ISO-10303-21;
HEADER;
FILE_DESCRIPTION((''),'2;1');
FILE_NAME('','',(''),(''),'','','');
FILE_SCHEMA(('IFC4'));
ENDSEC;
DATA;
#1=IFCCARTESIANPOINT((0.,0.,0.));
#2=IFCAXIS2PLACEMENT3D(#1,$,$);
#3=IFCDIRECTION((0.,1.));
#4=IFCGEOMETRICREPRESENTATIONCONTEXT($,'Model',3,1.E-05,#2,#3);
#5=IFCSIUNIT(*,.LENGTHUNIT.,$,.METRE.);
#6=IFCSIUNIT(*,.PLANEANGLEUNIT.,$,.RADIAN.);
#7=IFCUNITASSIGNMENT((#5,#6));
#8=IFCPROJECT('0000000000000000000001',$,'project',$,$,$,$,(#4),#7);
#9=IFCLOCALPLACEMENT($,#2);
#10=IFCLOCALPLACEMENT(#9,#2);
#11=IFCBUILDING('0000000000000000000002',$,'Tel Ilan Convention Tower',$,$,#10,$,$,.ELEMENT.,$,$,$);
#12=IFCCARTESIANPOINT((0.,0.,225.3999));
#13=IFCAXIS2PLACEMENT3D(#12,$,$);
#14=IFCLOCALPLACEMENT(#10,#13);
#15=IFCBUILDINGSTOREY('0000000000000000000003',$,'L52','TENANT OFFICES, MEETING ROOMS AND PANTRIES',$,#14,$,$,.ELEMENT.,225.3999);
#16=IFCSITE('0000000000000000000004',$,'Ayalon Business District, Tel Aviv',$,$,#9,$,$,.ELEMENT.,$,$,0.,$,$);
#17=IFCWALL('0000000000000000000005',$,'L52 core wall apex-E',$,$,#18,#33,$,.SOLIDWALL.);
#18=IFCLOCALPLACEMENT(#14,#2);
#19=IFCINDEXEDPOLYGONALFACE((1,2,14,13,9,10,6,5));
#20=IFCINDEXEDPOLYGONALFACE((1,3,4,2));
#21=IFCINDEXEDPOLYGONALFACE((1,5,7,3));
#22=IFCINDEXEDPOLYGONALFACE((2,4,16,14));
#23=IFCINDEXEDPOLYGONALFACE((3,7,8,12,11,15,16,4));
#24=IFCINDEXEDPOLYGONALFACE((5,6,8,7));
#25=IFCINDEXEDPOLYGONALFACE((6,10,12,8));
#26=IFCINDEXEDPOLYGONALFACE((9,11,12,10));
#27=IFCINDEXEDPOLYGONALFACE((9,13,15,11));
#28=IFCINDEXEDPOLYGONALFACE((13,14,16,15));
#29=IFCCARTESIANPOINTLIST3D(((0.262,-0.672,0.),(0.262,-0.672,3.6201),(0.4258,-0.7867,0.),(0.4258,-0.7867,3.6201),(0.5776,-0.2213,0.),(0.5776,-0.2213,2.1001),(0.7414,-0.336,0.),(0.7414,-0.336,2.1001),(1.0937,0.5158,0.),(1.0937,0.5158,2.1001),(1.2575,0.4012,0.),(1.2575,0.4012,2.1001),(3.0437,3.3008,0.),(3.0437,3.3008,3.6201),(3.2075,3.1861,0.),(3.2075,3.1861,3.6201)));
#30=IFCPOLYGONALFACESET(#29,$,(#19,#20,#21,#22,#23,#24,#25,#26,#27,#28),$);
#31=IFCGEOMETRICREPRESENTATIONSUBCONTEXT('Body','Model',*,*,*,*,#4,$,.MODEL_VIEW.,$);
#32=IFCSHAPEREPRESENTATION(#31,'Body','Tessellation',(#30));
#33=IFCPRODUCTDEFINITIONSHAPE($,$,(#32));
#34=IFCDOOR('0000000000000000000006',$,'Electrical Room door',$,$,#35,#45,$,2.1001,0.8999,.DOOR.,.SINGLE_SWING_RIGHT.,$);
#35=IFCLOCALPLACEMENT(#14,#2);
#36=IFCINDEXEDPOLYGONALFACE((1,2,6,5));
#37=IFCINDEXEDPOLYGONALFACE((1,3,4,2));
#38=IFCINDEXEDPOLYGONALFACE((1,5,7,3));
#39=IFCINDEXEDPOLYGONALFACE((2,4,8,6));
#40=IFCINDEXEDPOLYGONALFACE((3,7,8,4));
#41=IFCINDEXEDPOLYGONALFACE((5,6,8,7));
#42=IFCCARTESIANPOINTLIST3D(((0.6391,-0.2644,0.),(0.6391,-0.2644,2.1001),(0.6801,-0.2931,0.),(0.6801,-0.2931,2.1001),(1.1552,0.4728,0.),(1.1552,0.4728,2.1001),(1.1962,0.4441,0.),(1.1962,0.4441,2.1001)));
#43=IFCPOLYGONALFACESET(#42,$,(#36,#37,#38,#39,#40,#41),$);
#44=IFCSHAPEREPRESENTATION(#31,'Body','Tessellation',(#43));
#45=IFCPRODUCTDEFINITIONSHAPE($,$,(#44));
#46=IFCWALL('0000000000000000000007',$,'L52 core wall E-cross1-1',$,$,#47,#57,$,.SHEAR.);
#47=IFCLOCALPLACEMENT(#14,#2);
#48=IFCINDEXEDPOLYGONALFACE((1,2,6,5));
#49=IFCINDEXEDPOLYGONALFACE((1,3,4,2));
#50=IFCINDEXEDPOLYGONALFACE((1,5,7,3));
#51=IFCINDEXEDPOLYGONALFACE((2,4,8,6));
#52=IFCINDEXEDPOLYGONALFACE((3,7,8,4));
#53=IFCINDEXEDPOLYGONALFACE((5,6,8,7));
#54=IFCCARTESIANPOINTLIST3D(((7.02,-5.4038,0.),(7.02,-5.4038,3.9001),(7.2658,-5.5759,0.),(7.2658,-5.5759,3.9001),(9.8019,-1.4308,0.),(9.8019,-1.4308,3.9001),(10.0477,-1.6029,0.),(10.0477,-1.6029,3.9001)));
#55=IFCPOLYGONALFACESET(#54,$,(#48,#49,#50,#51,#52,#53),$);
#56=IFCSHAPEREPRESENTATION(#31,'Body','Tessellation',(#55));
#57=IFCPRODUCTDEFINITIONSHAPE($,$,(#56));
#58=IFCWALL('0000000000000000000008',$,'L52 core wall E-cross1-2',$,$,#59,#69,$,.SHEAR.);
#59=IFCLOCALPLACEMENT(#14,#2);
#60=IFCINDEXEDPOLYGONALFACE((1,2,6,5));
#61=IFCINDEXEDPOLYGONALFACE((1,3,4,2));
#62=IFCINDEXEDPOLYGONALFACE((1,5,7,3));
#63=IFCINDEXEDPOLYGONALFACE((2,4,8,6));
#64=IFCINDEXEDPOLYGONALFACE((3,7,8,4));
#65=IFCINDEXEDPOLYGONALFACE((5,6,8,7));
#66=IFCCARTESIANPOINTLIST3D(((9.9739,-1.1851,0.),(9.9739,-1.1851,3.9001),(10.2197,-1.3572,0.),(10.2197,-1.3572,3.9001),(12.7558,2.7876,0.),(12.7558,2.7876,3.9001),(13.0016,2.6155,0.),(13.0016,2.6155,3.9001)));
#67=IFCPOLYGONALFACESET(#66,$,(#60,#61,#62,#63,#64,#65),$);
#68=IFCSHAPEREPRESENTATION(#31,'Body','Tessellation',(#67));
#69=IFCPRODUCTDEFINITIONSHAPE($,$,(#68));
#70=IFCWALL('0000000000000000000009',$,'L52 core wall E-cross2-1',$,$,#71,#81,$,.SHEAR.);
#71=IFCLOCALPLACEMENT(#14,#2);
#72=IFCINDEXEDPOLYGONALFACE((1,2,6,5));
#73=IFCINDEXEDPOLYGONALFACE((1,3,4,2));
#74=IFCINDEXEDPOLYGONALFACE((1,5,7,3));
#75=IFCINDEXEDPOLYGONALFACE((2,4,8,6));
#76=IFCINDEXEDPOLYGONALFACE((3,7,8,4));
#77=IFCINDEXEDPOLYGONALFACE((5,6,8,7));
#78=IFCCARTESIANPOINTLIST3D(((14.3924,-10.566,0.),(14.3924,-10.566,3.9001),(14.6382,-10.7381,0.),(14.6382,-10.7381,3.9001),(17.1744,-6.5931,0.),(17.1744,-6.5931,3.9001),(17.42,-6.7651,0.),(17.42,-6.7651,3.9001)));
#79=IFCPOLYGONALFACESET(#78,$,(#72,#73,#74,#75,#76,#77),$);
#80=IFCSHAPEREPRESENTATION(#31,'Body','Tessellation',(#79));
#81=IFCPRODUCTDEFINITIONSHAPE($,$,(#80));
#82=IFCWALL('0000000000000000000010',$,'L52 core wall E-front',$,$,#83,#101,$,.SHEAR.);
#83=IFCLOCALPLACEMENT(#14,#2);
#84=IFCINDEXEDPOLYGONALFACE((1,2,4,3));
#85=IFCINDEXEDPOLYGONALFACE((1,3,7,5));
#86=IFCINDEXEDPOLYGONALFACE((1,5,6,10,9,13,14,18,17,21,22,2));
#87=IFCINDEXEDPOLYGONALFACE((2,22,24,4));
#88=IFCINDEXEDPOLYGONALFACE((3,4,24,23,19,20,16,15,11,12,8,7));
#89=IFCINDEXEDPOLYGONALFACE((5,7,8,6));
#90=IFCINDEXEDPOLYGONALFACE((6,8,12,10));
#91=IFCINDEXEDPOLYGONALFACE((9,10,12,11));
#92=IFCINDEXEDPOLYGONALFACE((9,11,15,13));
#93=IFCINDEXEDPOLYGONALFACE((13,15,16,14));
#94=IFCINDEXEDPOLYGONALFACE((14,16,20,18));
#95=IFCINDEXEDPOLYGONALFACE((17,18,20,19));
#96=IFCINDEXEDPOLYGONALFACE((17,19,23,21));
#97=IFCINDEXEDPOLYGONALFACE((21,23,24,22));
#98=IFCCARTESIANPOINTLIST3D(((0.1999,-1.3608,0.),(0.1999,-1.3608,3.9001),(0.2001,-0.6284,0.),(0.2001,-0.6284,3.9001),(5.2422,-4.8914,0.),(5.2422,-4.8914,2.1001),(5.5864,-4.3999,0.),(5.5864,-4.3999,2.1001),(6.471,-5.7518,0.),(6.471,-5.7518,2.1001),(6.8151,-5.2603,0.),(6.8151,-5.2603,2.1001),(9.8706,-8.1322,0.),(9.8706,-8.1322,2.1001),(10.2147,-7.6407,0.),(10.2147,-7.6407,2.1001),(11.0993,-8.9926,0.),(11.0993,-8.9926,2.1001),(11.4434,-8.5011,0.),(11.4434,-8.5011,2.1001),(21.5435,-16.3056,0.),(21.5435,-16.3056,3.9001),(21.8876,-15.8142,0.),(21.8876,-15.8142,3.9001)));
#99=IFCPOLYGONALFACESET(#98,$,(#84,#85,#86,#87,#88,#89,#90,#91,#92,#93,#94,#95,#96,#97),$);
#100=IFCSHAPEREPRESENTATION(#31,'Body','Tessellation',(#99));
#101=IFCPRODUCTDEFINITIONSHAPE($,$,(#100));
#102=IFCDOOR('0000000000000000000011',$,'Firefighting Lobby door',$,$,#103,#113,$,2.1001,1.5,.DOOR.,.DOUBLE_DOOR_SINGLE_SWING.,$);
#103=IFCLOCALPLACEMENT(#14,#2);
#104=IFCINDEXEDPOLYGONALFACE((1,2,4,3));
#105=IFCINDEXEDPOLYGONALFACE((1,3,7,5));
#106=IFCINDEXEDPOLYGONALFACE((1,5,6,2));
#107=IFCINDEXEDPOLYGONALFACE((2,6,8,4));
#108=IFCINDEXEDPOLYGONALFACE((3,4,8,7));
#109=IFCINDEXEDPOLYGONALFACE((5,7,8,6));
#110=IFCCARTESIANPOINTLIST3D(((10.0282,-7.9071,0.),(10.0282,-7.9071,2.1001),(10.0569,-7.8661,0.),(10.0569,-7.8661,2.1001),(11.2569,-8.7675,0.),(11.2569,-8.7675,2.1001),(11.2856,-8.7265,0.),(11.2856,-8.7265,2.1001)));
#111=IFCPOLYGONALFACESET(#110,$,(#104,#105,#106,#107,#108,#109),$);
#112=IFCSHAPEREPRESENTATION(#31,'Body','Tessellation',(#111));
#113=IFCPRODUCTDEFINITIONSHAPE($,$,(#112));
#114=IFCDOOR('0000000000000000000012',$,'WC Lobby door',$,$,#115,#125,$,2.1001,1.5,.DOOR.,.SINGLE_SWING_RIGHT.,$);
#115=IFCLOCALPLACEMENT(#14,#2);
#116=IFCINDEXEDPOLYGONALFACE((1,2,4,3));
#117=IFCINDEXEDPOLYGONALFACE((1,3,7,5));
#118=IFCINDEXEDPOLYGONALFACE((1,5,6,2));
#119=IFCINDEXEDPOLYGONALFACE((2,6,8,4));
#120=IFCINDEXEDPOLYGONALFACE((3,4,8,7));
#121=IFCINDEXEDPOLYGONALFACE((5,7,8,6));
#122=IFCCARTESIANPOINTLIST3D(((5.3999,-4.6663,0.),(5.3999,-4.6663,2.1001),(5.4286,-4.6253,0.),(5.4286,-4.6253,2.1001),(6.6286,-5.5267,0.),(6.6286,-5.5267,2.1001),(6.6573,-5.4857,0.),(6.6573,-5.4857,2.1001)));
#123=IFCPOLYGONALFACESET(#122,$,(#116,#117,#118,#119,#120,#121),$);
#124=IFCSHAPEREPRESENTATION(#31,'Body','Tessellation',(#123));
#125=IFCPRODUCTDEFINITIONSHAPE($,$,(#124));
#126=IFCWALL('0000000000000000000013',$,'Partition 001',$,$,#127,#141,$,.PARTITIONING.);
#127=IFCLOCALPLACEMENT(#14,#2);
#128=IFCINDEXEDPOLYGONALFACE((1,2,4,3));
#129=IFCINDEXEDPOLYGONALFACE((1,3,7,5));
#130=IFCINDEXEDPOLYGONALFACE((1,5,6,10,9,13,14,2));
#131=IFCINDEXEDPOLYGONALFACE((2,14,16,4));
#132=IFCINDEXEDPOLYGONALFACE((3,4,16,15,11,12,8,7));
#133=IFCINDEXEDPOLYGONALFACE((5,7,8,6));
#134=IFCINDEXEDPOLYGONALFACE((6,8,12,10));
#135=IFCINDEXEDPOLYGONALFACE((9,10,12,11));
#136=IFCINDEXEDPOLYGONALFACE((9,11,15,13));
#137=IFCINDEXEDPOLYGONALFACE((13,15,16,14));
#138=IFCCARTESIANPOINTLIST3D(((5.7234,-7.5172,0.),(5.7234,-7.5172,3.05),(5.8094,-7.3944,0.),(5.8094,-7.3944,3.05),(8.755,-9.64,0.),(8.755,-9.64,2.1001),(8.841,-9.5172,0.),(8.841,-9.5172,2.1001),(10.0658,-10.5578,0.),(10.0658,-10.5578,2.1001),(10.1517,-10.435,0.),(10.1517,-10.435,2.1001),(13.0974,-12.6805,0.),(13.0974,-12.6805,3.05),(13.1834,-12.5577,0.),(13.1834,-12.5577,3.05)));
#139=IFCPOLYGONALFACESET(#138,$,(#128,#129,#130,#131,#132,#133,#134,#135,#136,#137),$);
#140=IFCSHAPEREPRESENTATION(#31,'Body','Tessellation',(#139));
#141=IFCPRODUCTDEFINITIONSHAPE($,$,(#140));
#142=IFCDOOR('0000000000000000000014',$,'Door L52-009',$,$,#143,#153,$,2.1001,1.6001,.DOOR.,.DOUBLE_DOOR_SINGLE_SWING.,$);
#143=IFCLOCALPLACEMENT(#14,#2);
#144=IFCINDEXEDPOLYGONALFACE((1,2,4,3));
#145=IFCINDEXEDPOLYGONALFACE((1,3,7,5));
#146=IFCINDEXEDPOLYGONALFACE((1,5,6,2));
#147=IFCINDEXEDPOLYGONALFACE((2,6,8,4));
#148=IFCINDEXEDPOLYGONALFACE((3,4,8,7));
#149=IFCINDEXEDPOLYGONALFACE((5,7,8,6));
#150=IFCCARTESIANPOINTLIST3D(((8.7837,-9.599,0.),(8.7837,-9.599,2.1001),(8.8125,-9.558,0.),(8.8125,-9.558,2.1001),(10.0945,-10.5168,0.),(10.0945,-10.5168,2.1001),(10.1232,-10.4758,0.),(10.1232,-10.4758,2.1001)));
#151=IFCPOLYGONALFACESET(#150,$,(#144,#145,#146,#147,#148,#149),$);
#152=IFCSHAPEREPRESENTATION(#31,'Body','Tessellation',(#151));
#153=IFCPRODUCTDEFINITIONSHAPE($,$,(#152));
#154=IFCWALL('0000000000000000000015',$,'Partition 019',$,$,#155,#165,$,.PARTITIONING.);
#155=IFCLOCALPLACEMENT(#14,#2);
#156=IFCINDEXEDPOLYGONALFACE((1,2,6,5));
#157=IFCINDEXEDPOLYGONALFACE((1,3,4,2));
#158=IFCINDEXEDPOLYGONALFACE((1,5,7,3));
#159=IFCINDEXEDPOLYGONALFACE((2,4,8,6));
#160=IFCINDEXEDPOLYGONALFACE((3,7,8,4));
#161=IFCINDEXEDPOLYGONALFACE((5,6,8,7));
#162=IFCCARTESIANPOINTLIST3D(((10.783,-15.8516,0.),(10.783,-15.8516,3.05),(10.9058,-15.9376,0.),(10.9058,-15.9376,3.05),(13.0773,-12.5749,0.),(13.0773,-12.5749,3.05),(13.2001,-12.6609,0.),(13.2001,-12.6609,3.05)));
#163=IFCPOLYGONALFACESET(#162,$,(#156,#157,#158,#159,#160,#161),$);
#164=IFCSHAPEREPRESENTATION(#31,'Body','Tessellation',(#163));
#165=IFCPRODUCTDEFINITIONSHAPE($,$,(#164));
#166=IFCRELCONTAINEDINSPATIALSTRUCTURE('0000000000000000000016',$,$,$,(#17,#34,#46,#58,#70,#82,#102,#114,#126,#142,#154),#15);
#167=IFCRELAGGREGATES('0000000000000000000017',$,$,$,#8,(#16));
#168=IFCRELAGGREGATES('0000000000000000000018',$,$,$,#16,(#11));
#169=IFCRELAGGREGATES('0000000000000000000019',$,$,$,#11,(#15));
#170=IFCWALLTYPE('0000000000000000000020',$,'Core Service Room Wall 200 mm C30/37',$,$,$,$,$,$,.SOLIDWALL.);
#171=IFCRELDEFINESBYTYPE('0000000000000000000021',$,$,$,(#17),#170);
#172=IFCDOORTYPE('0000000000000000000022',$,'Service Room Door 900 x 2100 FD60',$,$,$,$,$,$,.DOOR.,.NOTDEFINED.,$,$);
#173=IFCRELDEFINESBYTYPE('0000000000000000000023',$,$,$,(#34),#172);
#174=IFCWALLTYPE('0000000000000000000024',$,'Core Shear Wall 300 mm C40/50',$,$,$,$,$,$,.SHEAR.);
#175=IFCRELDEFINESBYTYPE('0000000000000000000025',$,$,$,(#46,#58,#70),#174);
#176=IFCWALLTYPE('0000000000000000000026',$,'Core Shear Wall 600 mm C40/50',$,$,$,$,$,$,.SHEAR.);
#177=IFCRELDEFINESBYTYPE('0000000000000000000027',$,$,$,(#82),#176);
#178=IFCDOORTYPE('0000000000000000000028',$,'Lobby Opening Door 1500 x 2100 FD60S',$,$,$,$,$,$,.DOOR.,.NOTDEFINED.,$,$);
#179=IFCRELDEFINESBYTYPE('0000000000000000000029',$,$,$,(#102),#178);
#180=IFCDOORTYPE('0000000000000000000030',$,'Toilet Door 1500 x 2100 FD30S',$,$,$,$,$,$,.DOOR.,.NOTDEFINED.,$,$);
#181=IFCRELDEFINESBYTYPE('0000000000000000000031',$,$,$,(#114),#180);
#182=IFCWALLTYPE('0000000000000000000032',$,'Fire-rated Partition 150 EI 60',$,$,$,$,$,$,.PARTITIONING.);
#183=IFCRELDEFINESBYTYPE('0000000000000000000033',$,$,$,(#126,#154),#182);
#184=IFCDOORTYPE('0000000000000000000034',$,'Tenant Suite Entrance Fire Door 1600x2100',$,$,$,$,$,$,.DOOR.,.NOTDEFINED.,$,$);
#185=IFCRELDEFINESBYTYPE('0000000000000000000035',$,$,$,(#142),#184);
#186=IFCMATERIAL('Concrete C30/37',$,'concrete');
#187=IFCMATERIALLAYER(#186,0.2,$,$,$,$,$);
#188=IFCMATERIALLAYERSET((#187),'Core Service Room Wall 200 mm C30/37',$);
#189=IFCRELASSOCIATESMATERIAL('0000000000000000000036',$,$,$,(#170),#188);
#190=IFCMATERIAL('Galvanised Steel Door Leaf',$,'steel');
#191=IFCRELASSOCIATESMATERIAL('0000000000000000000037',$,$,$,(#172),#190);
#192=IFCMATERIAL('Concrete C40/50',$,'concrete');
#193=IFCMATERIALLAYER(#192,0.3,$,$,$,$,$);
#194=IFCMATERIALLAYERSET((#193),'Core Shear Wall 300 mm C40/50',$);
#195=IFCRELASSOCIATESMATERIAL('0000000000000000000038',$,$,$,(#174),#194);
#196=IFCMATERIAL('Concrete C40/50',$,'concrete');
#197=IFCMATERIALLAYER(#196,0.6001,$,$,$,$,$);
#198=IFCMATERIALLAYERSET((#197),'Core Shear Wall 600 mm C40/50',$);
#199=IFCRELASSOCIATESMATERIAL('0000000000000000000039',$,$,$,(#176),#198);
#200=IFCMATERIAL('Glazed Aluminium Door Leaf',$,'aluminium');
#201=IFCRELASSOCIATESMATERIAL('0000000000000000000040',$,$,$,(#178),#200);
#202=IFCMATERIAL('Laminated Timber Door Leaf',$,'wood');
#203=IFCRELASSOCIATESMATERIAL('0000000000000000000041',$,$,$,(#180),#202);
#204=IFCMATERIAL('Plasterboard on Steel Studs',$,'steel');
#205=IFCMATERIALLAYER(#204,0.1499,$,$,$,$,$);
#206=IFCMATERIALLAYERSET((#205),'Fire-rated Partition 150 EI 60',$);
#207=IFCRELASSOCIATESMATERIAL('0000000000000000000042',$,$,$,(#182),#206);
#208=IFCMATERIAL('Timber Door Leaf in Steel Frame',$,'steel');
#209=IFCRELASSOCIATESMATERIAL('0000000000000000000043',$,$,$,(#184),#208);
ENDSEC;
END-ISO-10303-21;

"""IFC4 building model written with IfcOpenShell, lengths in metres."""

from ifc_helpers import new_model, si_unit, direction, frame, frame_2d, origin, place, context, subcontext, project, spatial, polyline, rectangle, outline, extrude, material, layer, layer_set, type_object, element, fill, save


model = new_model("IFC4")

# Units and contexts
model_context = context("Model", 3, precision=1e-05, world=origin(), true_north=direction((0.0, 1.0)))
body_context = subcontext(model_context, "Body", "Model", "MODEL_VIEW")
ifc_project = project(units=[si_unit("LENGTHUNIT", "METRE"), si_unit("PLANEANGLEUNIT", "RADIAN")], contexts=[model_context])

# Site, building, storey
site_placement = place(None, origin())
site = spatial("IfcSite", under=ifc_project, at=site_placement, Name="Ayalon Business District, Tel Aviv", CompositionType="ELEMENT", RefElevation=0.0)
building_placement = place(site_placement, origin())
building = spatial("IfcBuilding", under=site, at=building_placement, Name="Tel Ilan Convention Tower", CompositionType="ELEMENT")
storey_placement = place(building_placement, frame((0.0, 0.0, 225.3999)))
storey = spatial("IfcBuildingStorey", under=building, at=storey_placement, Name="L52", Description="TENANT OFFICES, MEETING ROOMS AND PANTRIES", CompositionType="ELEMENT", Elevation=225.3999)

# Wall, opening, door
ifc_material_1 = material(Name="Concrete C30/37", Category="concrete")
ifc_layer_1 = layer(ifc_material_1, 0.2)
ifc_layer_set_1 = layer_set([ifc_layer_1], Name="Core Service Room Wall 200 mm C30/37")
wall_type_1 = type_object("IfcWallType", Name="Core Service Room Wall 200 mm C30/37", PredefinedType="SOLIDWALL", material=ifc_layer_set_1)
wall_1_placement = place(storey_placement, frame((0.344, -0.7292, 0.0), z_axis=(0.0, 0.0, 1.0), x_axis=(0.57356, 0.819163, 0.0)))
wall_1 = element("IfcWall", 1, at=wall_1_placement, inside=storey, type_object=wall_type_1, Name="L52 core wall apex-E", PredefinedType="SOLIDWALL", context=body_context, shape_type="SweptSolid", body=[
    extrude(rectangle(XDim=4.8499, YDim=0.2, at=frame_2d((2.4248, 0.0))), origin(), (0.0, 0.0, 1.0), 3.6201),
])
opening_1_placement = place(wall_1_placement, frame((0.55, 0.0, 0.0)))
opening_1 = element("IfcOpeningElement", 2, at=opening_1_placement, cuts=wall_1, PredefinedType="OPENING", context=body_context, shape_type="SweptSolid", body=[
    extrude(rectangle(XDim=0.8999, YDim=2.1001, at=frame_2d((0.45, 1.05))), frame((0.0, 0.1099, 0.0), z_axis=(0.0, -1.0, 0.0), x_axis=(1.0, 0.0, 0.0)), (0.0, 0.0, 1.0), 0.22),
])
ifc_material_2 = material(Name="Galvanised Steel Door Leaf", Category="steel")
door_type_1 = type_object("IfcDoorType", Name="Service Room Door 900 x 2100 FD60", OperationType="NOTDEFINED", PredefinedType="DOOR", material=ifc_material_2)
door_1_placement = place(opening_1_placement, origin())
door_1 = element("IfcDoor", 3, at=door_1_placement, inside=storey, type_object=door_type_1, Name="Electrical Room door", OperationType="SINGLE_SWING_RIGHT", OverallHeight=2.1001, OverallWidth=0.8999, PredefinedType="DOOR", context=body_context, shape_type="SweptSolid", body=[
    extrude(rectangle(XDim=0.8999, YDim=2.1001, at=frame_2d((0.45, 1.05))), frame((0.0, 0.0249, 0.0), z_axis=(0.0, -1.0, 0.0), x_axis=(1.0, 0.0, 0.0)), (0.0, 0.0, 1.0), 0.05),
])
fill(opening_1, door_1)

# Walls
ifc_material_3 = material(Name="Concrete C40/50", Category="concrete")
ifc_layer_2 = layer(ifc_material_3, 0.3)
ifc_layer_set_2 = layer_set([ifc_layer_2], Name="Core Shear Wall 300 mm C40/50")
wall_type_2 = type_object("IfcWallType", Name="Core Shear Wall 300 mm C40/50", PredefinedType="SHEAR", material=ifc_layer_set_2)
wall_2_placement = place(storey_placement, frame((7.1428, -5.4897, 0.0), z_axis=(0.0, 0.0, 1.0), x_axis=(0.573618, 0.819123, 0.0)))
element("IfcWall", 4, at=wall_2_placement, inside=storey, type_object=wall_type_2, Name="L52 core wall E-cross1-1", PredefinedType="SHEAR", context=body_context, shape_type="SweptSolid", body=[
    extrude(outline(polyline([(0.0, 0.1499), (0.0, -0.1501), (4.8501, -0.1499), (4.8501, 0.1501), (0.0, 0.1499)])), origin(), (0.0, 0.0, 1.0), 3.9001),
])
wall_3_placement = place(storey_placement, frame((10.0969, -1.2712, 0.0), z_axis=(0.0, 0.0, 1.0), x_axis=(0.57356, 0.819163, 0.0)))
element("IfcWall", 5, at=wall_3_placement, inside=storey, type_object=wall_type_2, Name="L52 core wall E-cross1-2", PredefinedType="SHEAR", context=body_context, shape_type="SweptSolid", body=[
    extrude(outline(polyline([(4.8499, -0.1501), (4.8499, 0.1499), (0.0, 0.1501), (0.0, -0.1499), (4.8499, -0.1501)])), origin(), (0.0, 0.0, 1.0), 3.9001),
])
wall_4_placement = place(storey_placement, frame((14.5154, -10.6521, 0.0), z_axis=(0.0, 0.0, 1.0), x_axis=(0.57356, 0.819163, 0.0)))
element("IfcWall", 6, at=wall_4_placement, inside=storey, type_object=wall_type_2, Name="L52 core wall E-cross2-1", PredefinedType="SHEAR", context=body_context, shape_type="SweptSolid", body=[
    extrude(outline(polyline([(0.0, 0.1501), (0.0, -0.1499), (4.8501, -0.1499), (4.8501, 0.1499), (0.0, 0.1501)])), origin(), (0.0, 0.0, 1.0), 3.9001),
])

# Wall, openings, doors
ifc_material_4 = material(Name="Concrete C40/50", Category="concrete")
ifc_layer_3 = layer(ifc_material_4, 0.6001)
ifc_layer_set_3 = layer_set([ifc_layer_3], Name="Core Shear Wall 600 mm C40/50")
wall_type_3 = type_object("IfcWallType", Name="Core Shear Wall 600 mm C40/50", PredefinedType="SHEAR", material=ifc_layer_set_3)
wall_5_placement = place(storey_placement, frame((0.0278, -0.874, 0.0), z_axis=(0.0, 0.0, 1.0), x_axis=(0.81915, -0.573579, 0.0)))
wall_5 = element("IfcWall", 7, at=wall_5_placement, inside=storey, type_object=wall_type_3, Name="L52 core wall E-front", PredefinedType="SHEAR", context=body_context, shape_type="SweptSolid", body=[
    extrude(outline(polyline([(26.4758, 0.3), (0.0002, 0.3), (0.4202, -0.3), (26.4758, -0.2998), (26.4758, 0.3)])), origin(), (0.0, 0.0, 1.0), 3.9001),
])
opening_2_placement = place(wall_5_placement, frame((6.5757, 0.0, 0.0)))
opening_2 = element("IfcOpeningElement", 8, at=opening_2_placement, cuts=wall_5, PredefinedType="OPENING", context=body_context, shape_type="SweptSolid", body=[
    extrude(rectangle(XDim=1.5, YDim=2.1001, at=frame_2d((0.75, 1.05))), frame((0.0, 0.3101, 0.0), z_axis=(0.0, -1.0, 0.0), x_axis=(1.0, 0.0, 0.0)), (0.0, 0.0, 1.0), 0.6201),
])
opening_3_placement = place(wall_5_placement, frame((12.2258, 0.0, 0.0)))
opening_3 = element("IfcOpeningElement", 9, at=opening_3_placement, cuts=wall_5, PredefinedType="OPENING", context=body_context, shape_type="SweptSolid", body=[
    extrude(rectangle(XDim=1.5, YDim=2.1001, at=frame_2d((0.75, 1.05))), frame((0.0, 0.3101, 0.0), z_axis=(0.0, -1.0, 0.0), x_axis=(1.0, 0.0, 0.0)), (0.0, 0.0, 1.0), 0.6201),
])
ifc_material_5 = material(Name="Glazed Aluminium Door Leaf", Category="aluminium")
door_type_2 = type_object("IfcDoorType", Name="Lobby Opening Door 1500 x 2100 FD60S", OperationType="NOTDEFINED", PredefinedType="DOOR", material=ifc_material_5)
door_2_placement = place(opening_3_placement, origin())
door_2 = element("IfcDoor", 10, at=door_2_placement, inside=storey, type_object=door_type_2, Name="Firefighting Lobby door", OperationType="DOUBLE_DOOR_SINGLE_SWING", OverallHeight=2.1001, OverallWidth=1.5, PredefinedType="DOOR", context=body_context, shape_type="SweptSolid", body=[
    extrude(rectangle(XDim=1.5, YDim=2.1001, at=frame_2d((0.75, 1.05))), frame((0.0, 0.0249, 0.0), z_axis=(0.0, -1.0, 0.0), x_axis=(1.0, 0.0, 0.0)), (0.0, 0.0, 1.0), 0.05),
])
fill(opening_3, door_2)
ifc_material_6 = material(Name="Laminated Timber Door Leaf", Category="wood")
door_type_3 = type_object("IfcDoorType", Name="Toilet Door 1500 x 2100 FD30S", OperationType="NOTDEFINED", PredefinedType="DOOR", material=ifc_material_6)
door_3_placement = place(opening_2_placement, origin())
door_3 = element("IfcDoor", 11, at=door_3_placement, inside=storey, type_object=door_type_3, Name="WC Lobby door", OperationType="SINGLE_SWING_RIGHT", OverallHeight=2.1001, OverallWidth=1.5, PredefinedType="DOOR", context=body_context, shape_type="SweptSolid", body=[
    extrude(rectangle(XDim=1.5, YDim=2.1001, at=frame_2d((0.75, 1.05))), frame((0.0, 0.0249, 0.0), z_axis=(0.0, -1.0, 0.0), x_axis=(1.0, 0.0, 0.0)), (0.0, 0.0, 1.0), 0.05),
])
fill(opening_2, door_3)

# Wall, opening, door
ifc_material_7 = material(Name="Plasterboard on Steel Studs", Category="steel")
ifc_layer_4 = layer(ifc_material_7, 0.1499)
ifc_layer_set_4 = layer_set([ifc_layer_4], Name="Fire-rated Partition 150 EI 60")
wall_type_4 = type_object("IfcWallType", Name="Fire-rated Partition 150 EI 60", PredefinedType="PARTITIONING", material=ifc_layer_set_4)
wall_6_placement = place(storey_placement, frame((13.1404, -12.6191, 0.0), z_axis=(0.0, 0.0, 1.0), x_axis=(-0.819153, 0.573575, 0.0)))
wall_6 = element("IfcWall", 12, at=wall_6_placement, inside=storey, type_object=wall_type_4, Name="Partition 001", PredefinedType="PARTITIONING", context=body_context, shape_type="SweptSolid", body=[
    extrude(rectangle(XDim=9.002, YDim=0.1499, at=frame_2d((4.501, 0.0))), origin(), (0.0, 0.0, 1.0), 3.05),
])
opening_4_placement = place(wall_6_placement, frame((3.7009, 0.0, 0.0)))
opening_4 = element("IfcOpeningElement", 13, at=opening_4_placement, cuts=wall_6, PredefinedType="OPENING", context=body_context, shape_type="SweptSolid", body=[
    extrude(rectangle(XDim=1.6001, YDim=2.1001, at=frame_2d((0.8, 1.05))), frame((0.0, 0.085, 0.0), z_axis=(0.0, -1.0, 0.0), x_axis=(1.0, 0.0, 0.0)), (0.0, 0.0, 1.0), 0.1699),
])
ifc_material_8 = material(Name="Timber Door Leaf in Steel Frame", Category="steel")
door_type_4 = type_object("IfcDoorType", Name="Tenant Suite Entrance Fire Door 1600x2100", OperationType="NOTDEFINED", PredefinedType="DOOR", material=ifc_material_8)
door_4_placement = place(opening_4_placement, origin())
door_4 = element("IfcDoor", 14, at=door_4_placement, inside=storey, type_object=door_type_4, Name="Door L52-009", OperationType="DOUBLE_DOOR_SINGLE_SWING", OverallHeight=2.1001, OverallWidth=1.6001, PredefinedType="DOOR", context=body_context, shape_type="SweptSolid", body=[
    extrude(rectangle(XDim=1.6001, YDim=2.1001, at=frame_2d((0.8, 1.05))), frame((0.0, 0.0249, 0.0), z_axis=(0.0, -1.0, 0.0), x_axis=(1.0, 0.0, 0.0)), (0.0, 0.0, 1.0), 0.05),
])
fill(opening_4, door_4)

# Wall
for number, where, z_axis, x_axis, name in (
    (15, (13.1387, -12.6179, 0.0), (0.0, 0.0, 1.0), (-0.573557, -0.819166, 0.0), "Partition 019"),
):
    element("IfcWall", number, at=place(storey_placement, frame(where, z_axis=z_axis, x_axis=x_axis)), inside=storey, type_object=wall_type_4, Name=name, PredefinedType="PARTITIONING", context=body_context, shape_type="SweptSolid", body=[
        extrude(rectangle(XDim=4.0, YDim=0.1499, at=frame_2d((2.0, 0.0))), origin(), (0.0, 0.0, 1.0), 3.05),
    ])

save(model, "model.ifc")
